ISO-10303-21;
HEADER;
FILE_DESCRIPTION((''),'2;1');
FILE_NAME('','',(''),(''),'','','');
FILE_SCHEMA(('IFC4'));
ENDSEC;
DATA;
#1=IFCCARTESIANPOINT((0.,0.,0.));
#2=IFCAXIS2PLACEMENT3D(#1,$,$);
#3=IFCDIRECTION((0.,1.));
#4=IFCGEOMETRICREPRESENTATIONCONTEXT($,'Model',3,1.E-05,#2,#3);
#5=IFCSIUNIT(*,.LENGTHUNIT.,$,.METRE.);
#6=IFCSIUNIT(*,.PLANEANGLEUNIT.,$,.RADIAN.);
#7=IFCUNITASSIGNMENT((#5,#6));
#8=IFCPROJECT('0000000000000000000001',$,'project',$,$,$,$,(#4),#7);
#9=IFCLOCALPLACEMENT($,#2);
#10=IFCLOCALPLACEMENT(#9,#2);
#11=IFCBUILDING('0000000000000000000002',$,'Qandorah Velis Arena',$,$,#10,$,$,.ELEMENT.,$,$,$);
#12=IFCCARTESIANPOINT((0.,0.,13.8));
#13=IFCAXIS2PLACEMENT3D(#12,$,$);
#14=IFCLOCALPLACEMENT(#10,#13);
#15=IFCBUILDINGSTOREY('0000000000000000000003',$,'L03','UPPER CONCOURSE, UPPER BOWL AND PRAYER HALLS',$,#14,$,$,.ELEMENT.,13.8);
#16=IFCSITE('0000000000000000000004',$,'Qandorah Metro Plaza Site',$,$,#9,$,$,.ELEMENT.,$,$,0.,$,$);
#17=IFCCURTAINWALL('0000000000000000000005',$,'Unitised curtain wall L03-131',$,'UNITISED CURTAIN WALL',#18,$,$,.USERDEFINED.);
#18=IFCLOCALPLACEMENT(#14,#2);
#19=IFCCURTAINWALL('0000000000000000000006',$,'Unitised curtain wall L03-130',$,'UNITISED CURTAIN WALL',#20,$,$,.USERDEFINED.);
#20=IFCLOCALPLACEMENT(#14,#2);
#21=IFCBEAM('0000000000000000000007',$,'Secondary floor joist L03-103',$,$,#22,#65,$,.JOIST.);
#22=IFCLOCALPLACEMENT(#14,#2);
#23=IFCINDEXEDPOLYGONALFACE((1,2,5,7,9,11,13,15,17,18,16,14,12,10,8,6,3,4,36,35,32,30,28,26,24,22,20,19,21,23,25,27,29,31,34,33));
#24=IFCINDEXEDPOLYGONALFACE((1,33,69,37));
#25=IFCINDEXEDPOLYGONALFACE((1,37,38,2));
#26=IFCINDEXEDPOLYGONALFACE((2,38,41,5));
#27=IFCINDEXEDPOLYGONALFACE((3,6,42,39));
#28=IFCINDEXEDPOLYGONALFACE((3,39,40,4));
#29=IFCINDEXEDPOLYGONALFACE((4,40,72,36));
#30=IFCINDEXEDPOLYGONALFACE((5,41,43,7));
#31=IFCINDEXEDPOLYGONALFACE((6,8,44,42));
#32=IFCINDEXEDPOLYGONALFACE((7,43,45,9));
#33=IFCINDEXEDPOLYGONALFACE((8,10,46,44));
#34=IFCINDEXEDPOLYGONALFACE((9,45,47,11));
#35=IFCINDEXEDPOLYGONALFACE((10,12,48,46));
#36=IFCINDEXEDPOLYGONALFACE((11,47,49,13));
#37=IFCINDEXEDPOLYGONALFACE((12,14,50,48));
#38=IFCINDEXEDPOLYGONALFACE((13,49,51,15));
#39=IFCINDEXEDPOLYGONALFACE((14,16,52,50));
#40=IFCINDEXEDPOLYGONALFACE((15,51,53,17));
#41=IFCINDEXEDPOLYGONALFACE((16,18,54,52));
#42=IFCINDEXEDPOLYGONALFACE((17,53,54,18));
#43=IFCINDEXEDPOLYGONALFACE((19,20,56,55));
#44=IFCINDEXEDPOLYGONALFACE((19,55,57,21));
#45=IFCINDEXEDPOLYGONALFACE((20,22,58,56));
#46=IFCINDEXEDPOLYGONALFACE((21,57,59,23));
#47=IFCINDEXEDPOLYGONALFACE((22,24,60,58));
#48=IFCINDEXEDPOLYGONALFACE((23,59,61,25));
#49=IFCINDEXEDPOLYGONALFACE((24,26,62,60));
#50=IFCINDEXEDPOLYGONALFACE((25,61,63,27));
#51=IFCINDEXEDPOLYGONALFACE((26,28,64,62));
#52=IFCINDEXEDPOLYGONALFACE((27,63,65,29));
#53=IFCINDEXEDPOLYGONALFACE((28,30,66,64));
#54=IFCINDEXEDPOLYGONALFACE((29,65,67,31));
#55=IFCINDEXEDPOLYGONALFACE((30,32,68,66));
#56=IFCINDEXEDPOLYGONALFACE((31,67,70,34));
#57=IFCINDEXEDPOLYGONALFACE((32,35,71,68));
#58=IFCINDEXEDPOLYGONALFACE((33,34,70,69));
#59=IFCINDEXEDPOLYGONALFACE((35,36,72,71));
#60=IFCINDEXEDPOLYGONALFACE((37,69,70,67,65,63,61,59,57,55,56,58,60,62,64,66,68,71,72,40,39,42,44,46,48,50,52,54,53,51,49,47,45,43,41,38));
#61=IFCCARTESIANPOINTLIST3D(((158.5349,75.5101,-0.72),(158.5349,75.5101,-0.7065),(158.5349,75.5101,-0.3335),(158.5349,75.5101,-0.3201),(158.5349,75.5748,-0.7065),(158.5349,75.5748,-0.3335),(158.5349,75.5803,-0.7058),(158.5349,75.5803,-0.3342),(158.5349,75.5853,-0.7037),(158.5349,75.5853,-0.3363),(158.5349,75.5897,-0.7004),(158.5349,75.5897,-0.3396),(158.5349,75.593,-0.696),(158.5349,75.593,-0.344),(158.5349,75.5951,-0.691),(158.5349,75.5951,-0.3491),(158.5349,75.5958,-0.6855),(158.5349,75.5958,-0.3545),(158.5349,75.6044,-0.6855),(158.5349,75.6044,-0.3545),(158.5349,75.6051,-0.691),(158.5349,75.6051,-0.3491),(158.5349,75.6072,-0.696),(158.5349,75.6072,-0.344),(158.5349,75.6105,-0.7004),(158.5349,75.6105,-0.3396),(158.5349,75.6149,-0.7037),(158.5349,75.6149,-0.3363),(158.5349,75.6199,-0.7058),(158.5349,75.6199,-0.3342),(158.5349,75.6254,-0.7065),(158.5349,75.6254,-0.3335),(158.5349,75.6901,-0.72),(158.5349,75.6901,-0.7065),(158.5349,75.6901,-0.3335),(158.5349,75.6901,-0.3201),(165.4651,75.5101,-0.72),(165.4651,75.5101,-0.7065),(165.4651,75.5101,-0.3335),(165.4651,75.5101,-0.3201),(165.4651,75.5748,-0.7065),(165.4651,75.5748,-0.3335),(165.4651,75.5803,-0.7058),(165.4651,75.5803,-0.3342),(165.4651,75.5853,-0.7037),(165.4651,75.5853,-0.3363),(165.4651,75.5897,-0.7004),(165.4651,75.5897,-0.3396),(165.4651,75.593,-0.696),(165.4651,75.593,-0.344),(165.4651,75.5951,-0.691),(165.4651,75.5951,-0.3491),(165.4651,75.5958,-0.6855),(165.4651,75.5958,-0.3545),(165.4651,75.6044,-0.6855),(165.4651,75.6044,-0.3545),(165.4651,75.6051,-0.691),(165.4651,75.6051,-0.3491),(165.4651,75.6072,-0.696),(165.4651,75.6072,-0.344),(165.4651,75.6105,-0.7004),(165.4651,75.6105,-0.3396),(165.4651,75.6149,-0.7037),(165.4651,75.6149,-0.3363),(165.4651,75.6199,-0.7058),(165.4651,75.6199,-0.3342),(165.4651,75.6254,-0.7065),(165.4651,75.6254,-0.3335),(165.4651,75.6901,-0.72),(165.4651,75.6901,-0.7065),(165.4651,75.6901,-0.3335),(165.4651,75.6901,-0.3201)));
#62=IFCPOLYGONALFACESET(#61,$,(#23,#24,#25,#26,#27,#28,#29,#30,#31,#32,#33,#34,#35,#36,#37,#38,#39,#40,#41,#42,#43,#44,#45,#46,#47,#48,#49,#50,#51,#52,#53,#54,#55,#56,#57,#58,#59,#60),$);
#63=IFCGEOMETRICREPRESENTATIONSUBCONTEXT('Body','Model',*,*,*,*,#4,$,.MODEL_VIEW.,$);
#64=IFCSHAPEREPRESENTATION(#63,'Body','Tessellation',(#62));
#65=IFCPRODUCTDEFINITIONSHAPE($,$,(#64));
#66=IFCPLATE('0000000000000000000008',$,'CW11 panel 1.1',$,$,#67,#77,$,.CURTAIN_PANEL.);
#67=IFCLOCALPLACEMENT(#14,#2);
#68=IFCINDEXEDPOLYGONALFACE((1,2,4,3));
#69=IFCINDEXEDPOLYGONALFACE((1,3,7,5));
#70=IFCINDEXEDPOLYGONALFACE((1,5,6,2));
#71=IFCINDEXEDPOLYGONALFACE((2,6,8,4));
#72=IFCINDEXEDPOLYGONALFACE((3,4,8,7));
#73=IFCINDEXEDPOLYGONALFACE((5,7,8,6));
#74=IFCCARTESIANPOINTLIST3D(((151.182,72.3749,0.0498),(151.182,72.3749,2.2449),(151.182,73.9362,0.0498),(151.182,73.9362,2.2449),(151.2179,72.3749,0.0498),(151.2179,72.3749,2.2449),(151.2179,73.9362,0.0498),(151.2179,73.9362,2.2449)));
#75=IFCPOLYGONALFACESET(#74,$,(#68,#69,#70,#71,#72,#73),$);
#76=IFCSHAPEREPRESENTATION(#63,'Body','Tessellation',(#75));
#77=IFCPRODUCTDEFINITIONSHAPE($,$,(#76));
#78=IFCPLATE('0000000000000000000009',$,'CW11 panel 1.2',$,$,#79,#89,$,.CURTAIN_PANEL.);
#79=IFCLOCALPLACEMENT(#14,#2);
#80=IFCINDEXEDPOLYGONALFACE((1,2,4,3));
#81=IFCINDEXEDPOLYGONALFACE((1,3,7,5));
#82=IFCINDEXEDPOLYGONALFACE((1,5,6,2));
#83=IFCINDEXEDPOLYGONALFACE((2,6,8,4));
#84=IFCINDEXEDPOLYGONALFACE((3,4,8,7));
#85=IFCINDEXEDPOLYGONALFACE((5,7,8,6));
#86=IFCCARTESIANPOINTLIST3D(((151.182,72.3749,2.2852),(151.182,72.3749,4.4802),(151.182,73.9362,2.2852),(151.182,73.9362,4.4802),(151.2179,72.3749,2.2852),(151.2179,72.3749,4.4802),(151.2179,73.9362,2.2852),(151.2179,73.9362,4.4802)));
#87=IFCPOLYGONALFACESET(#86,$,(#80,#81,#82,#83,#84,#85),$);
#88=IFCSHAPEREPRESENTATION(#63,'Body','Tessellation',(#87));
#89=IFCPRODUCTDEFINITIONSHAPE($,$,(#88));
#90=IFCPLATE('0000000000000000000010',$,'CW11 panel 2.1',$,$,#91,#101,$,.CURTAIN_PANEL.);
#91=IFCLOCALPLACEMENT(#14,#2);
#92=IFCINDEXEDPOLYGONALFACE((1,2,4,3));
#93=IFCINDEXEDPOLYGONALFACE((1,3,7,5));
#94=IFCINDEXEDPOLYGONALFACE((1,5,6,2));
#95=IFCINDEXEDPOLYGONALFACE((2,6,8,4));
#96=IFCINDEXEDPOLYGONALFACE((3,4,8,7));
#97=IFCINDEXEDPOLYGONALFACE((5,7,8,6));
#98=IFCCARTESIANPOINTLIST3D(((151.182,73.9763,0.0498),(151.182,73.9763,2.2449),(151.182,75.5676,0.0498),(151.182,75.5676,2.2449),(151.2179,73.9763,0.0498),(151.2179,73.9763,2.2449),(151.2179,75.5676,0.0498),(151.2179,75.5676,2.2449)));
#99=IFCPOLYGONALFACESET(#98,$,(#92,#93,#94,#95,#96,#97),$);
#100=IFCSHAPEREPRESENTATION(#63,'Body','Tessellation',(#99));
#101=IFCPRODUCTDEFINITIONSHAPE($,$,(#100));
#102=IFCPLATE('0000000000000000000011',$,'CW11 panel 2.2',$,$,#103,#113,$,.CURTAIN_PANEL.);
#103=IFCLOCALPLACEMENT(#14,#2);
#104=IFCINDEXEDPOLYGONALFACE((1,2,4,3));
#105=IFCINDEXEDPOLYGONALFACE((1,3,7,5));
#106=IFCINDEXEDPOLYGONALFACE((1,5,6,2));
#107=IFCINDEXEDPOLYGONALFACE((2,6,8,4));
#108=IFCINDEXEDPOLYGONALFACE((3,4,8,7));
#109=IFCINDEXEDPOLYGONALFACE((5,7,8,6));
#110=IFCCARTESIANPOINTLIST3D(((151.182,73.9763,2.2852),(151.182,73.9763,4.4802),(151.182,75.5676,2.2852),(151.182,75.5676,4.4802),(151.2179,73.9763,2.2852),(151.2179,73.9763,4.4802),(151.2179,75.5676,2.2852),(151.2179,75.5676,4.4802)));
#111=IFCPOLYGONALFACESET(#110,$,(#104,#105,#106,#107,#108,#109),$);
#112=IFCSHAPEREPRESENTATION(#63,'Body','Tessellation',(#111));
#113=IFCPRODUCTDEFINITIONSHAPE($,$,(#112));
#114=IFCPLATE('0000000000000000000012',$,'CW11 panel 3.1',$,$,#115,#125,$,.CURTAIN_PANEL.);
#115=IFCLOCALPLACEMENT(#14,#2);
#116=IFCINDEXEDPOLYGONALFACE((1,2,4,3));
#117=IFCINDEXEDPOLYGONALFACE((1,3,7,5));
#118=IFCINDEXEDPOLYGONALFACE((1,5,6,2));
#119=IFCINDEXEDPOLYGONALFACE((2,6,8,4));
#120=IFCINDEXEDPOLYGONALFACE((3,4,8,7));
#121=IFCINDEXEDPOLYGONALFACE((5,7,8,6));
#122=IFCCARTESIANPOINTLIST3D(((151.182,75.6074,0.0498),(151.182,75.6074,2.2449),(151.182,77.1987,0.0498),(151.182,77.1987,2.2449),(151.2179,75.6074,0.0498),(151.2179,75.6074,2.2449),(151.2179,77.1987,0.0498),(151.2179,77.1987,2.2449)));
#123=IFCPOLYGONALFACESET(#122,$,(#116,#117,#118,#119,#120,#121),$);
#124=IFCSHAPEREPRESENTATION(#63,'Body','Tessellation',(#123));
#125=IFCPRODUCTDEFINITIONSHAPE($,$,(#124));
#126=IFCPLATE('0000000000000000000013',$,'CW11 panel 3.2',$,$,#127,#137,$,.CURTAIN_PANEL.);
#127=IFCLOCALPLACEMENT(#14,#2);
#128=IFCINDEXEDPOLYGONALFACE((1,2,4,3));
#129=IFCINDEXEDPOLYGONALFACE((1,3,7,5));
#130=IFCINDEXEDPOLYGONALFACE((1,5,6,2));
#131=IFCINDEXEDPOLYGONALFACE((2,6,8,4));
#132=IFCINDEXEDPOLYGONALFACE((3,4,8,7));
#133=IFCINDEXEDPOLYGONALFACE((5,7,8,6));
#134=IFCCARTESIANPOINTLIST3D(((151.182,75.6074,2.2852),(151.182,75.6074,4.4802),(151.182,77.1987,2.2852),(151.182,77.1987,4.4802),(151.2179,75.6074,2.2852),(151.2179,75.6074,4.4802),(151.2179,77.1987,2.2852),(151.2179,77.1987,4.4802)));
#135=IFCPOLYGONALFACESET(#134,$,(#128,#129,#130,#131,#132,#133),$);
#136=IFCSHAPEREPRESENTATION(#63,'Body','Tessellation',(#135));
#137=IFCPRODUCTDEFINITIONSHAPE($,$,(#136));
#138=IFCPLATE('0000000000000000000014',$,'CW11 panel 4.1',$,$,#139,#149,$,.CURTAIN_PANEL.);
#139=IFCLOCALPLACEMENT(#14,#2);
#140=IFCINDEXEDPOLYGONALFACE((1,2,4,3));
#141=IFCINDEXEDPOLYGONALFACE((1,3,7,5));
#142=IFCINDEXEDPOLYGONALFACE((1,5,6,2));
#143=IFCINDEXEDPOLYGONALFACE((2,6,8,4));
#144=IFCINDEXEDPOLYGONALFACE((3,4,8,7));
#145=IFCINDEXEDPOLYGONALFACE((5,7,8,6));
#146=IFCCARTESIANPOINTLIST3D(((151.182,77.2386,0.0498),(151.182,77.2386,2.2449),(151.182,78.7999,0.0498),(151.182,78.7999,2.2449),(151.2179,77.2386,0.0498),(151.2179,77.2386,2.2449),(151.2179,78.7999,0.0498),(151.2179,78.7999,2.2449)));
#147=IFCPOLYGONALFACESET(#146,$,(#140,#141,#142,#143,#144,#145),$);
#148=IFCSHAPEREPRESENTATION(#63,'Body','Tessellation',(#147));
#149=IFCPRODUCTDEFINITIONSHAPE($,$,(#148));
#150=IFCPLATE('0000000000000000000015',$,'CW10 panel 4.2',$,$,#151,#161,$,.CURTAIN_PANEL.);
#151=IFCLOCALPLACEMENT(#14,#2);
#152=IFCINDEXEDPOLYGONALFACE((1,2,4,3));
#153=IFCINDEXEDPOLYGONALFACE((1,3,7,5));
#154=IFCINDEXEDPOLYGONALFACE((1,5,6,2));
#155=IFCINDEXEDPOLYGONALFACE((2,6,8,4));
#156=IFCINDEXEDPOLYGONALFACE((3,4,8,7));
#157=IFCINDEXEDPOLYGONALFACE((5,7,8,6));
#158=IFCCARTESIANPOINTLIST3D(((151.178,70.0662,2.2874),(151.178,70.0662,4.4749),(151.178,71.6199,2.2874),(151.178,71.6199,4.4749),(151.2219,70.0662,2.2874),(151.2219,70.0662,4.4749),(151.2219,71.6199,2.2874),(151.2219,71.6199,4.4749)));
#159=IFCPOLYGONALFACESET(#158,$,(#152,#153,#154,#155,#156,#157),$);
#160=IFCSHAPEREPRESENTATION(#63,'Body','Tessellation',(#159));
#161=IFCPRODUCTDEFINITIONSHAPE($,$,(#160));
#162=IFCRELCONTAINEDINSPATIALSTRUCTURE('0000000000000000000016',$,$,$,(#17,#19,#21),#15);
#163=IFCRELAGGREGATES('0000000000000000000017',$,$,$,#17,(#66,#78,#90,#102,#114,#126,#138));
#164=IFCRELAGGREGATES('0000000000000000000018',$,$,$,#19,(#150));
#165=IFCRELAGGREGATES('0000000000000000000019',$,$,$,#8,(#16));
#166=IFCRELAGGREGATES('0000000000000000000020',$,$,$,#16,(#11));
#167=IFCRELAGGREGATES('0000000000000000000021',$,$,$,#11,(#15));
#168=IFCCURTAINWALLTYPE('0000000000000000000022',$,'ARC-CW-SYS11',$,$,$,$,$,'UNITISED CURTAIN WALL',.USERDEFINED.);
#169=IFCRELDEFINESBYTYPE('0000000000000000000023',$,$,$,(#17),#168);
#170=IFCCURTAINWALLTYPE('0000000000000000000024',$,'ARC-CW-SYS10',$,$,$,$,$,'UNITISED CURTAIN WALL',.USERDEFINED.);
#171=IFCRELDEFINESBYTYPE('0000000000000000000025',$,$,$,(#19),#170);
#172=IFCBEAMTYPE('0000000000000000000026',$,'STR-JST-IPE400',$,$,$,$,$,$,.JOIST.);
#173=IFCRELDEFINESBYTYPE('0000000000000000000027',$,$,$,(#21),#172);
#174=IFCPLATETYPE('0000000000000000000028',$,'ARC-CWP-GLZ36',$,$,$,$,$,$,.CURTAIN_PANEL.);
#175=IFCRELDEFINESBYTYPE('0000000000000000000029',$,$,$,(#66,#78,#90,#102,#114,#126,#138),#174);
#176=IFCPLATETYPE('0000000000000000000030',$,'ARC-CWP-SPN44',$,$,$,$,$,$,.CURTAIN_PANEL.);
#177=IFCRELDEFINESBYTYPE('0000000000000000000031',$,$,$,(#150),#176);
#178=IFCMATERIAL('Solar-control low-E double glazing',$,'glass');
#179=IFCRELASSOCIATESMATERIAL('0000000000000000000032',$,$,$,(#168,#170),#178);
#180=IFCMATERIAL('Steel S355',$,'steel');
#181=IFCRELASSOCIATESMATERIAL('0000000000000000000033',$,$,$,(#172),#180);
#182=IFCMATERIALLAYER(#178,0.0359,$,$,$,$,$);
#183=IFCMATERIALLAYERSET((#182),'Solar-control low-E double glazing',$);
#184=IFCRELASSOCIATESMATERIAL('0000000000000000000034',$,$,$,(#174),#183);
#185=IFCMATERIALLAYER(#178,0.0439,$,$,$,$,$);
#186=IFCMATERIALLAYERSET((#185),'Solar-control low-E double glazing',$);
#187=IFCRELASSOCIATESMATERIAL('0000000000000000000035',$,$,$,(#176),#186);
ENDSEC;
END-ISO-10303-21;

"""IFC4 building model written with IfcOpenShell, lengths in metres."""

from ifc_helpers import new_model, si_unit, direction, frame, origin, origin_2d, place, context, subcontext, project, spatial, rectangle, i_section, extrude, material, layer, layer_set, material_profile, profile_set, type_object, element, aggregate, save


model = new_model("IFC4")

# Units and contexts
model_context = context("Model", 3, precision=1e-05, world=origin(), true_north=direction((0.0, 1.0)))
body_context = subcontext(model_context, "Body", "Model", "MODEL_VIEW")
ifc_project = project(units=[si_unit("LENGTHUNIT", "METRE"), si_unit("PLANEANGLEUNIT", "RADIAN")], contexts=[model_context])

# Site, building, storey
site_placement = place(None, origin())
site = spatial("IfcSite", under=ifc_project, at=site_placement, Name="Qandorah Metro Plaza Site", CompositionType="ELEMENT", RefElevation=0.0)
building_placement = place(site_placement, origin())
building = spatial("IfcBuilding", under=site, at=building_placement, Name="Qandorah Velis Arena", CompositionType="ELEMENT")
storey_placement = place(building_placement, frame((0.0, 0.0, 13.8)))
storey = spatial("IfcBuildingStorey", under=building, at=storey_placement, Name="L03", Description="UPPER CONCOURSE, UPPER BOWL AND PRAYER HALLS", CompositionType="ELEMENT", Elevation=13.8)

# Curtain wall
ifc_material_1 = material(Name="Solar-control low-E double glazing", Category="glass")
curtain_wall_type_1 = type_object("IfcCurtainWallType", Name="ARC-CW-SYS11", ElementType="UNITISED CURTAIN WALL", PredefinedType="USERDEFINED", material=ifc_material_1)
curtain_wall_1_placement = place(storey_placement, origin())
curtain_wall_1 = element("IfcCurtainWall", 1, at=curtain_wall_1_placement, inside=storey, type_object=curtain_wall_type_1, Name="Unitised curtain wall L03-131", ObjectType="UNITISED CURTAIN WALL", PredefinedType="USERDEFINED")

# Curtain wall
curtain_wall_type_2 = type_object("IfcCurtainWallType", Name="ARC-CW-SYS10", ElementType="UNITISED CURTAIN WALL", PredefinedType="USERDEFINED", material=ifc_material_1)
curtain_wall_2_placement = place(storey_placement, origin())
curtain_wall_2 = element("IfcCurtainWall", 2, at=curtain_wall_2_placement, inside=storey, type_object=curtain_wall_type_2, Name="Unitised curtain wall L03-130", ObjectType="UNITISED CURTAIN WALL", PredefinedType="USERDEFINED")

# Beam
ifc_material_2 = material(Name="Steel S355", Category="steel")
ifc_material_profile_1 = material_profile(ifc_material_2, i_section(OverallWidth=0.1799, OverallDepth=0.3999, WebThickness=0.0085, FlangeThickness=0.0134, FilletRadius=0.021, at=origin_2d()), Name="IPE 400")
ifc_profile_set_1 = profile_set([ifc_material_profile_1], Name="Steel S355")
beam_type_1 = type_object("IfcBeamType", Name="STR-JST-IPE400", PredefinedType="JOIST", material=ifc_profile_set_1)
beam_1_placement = place(storey_placement, frame((158.5349, 75.6001, -0.52), z_axis=(1.0, 0.0, 0.0), x_axis=(0.0, 1.0, 0.0)))
element("IfcBeam", 3, at=beam_1_placement, inside=storey, type_object=beam_type_1, Name="Secondary floor joist L03-103", PredefinedType="JOIST", context=body_context, shape_type="SweptSolid", body=[
    extrude(i_section(OverallWidth=0.1799, OverallDepth=0.3999, WebThickness=0.0085, FlangeThickness=0.0134, FilletRadius=0.021, at=origin_2d()), origin(), (0.0, 0.0, 1.0), 6.9302),
])

# Plates
ifc_layer_1 = layer(ifc_material_1, 0.0359)
ifc_layer_set_1 = layer_set([ifc_layer_1], Name="Solar-control low-E double glazing")
plate_type_1 = type_object("IfcPlateType", Name="ARC-CWP-GLZ36", PredefinedType="CURTAIN_PANEL", material=ifc_layer_set_1)
plate_1_placement = place(storey_placement, frame((151.2, 73.1555, 0.0498), z_axis=(0.0, 0.0, 1.0), x_axis=(0.0, 1.0, 0.0)))
plate_1 = element("IfcPlate", 4, at=plate_1_placement, type_object=plate_type_1, Name="CW11 panel 1.1", PredefinedType="CURTAIN_PANEL", context=body_context, shape_type="SweptSolid", body=[
    extrude(rectangle(XDim=1.5613, YDim=0.0359, at=origin_2d()), origin(), (0.0, 0.0, 1.0), 2.1951),
])
plate_2_placement = place(storey_placement, frame((151.2, 73.1555, 2.2852), z_axis=(0.0, 0.0, 1.0), x_axis=(0.0, 1.0, 0.0)))
plate_2 = element("IfcPlate", 5, at=plate_2_placement, type_object=plate_type_1, Name="CW11 panel 1.2", PredefinedType="CURTAIN_PANEL", context=body_context, shape_type="SweptSolid", body=[
    extrude(rectangle(XDim=1.5613, YDim=0.0359, at=origin_2d()), origin(), (0.0, 0.0, 1.0), 2.1951),
])
plate_3_placement = place(storey_placement, frame((151.2, 74.772, 0.0498), z_axis=(0.0, 0.0, 1.0), x_axis=(0.0, 1.0, 0.0)))
plate_3 = element("IfcPlate", 6, at=plate_3_placement, type_object=plate_type_1, Name="CW11 panel 2.1", PredefinedType="CURTAIN_PANEL", context=body_context, shape_type="SweptSolid", body=[
    extrude(rectangle(XDim=1.5913, YDim=0.0359, at=origin_2d()), origin(), (0.0, 0.0, 1.0), 2.1951),
])
plate_4_placement = place(storey_placement, frame((151.2, 74.772, 2.2852), z_axis=(0.0, 0.0, 1.0), x_axis=(0.0, 1.0, 0.0)))
plate_4 = element("IfcPlate", 7, at=plate_4_placement, type_object=plate_type_1, Name="CW11 panel 2.2", PredefinedType="CURTAIN_PANEL", context=body_context, shape_type="SweptSolid", body=[
    extrude(rectangle(XDim=1.5913, YDim=0.0359, at=origin_2d()), origin(), (0.0, 0.0, 1.0), 2.1951),
])
plate_5_placement = place(storey_placement, frame((151.2, 76.4031, 0.0498), z_axis=(0.0, 0.0, 1.0), x_axis=(0.0, 1.0, 0.0)))
plate_5 = element("IfcPlate", 8, at=plate_5_placement, type_object=plate_type_1, Name="CW11 panel 3.1", PredefinedType="CURTAIN_PANEL", context=body_context, shape_type="SweptSolid", body=[
    extrude(rectangle(XDim=1.5913, YDim=0.0359, at=origin_2d()), origin(), (0.0, 0.0, 1.0), 2.1951),
])
plate_6_placement = place(storey_placement, frame((151.2, 76.4031, 2.2852), z_axis=(0.0, 0.0, 1.0), x_axis=(0.0, 1.0, 0.0)))
plate_6 = element("IfcPlate", 9, at=plate_6_placement, type_object=plate_type_1, Name="CW11 panel 3.2", PredefinedType="CURTAIN_PANEL", context=body_context, shape_type="SweptSolid", body=[
    extrude(rectangle(XDim=1.5913, YDim=0.0359, at=origin_2d()), origin(), (0.0, 0.0, 1.0), 2.1951),
])
plate_7_placement = place(storey_placement, frame((151.2, 78.0193, 0.0498), z_axis=(0.0, 0.0, 1.0), x_axis=(0.0, 1.0, 0.0)))
plate_7 = element("IfcPlate", 10, at=plate_7_placement, type_object=plate_type_1, Name="CW11 panel 4.1", PredefinedType="CURTAIN_PANEL", context=body_context, shape_type="SweptSolid", body=[
    extrude(rectangle(XDim=1.5613, YDim=0.0359, at=origin_2d()), origin(), (0.0, 0.0, 1.0), 2.1951),
])
aggregate(curtain_wall_1, [plate_1, plate_2, plate_3, plate_4, plate_5, plate_6, plate_7])
ifc_layer_2 = layer(ifc_material_1, 0.0439)
ifc_layer_set_2 = layer_set([ifc_layer_2], Name="Solar-control low-E double glazing")
plate_type_2 = type_object("IfcPlateType", Name="ARC-CWP-SPN44", PredefinedType="CURTAIN_PANEL", material=ifc_layer_set_2)
plate_8_placement = place(storey_placement, frame((151.2, 70.843, 2.2874), z_axis=(0.0, 0.0, 1.0), x_axis=(0.0, 1.0, 0.0)))
plate_8 = element("IfcPlate", 11, at=plate_8_placement, type_object=plate_type_2, Name="CW10 panel 4.2", PredefinedType="CURTAIN_PANEL", context=body_context, shape_type="SweptSolid", body=[
    extrude(rectangle(XDim=1.5537, YDim=0.0439, at=origin_2d()), origin(), (0.0, 0.0, 1.0), 2.1875),
])
aggregate(curtain_wall_2, [plate_8])

save(model, "model.ifc")
